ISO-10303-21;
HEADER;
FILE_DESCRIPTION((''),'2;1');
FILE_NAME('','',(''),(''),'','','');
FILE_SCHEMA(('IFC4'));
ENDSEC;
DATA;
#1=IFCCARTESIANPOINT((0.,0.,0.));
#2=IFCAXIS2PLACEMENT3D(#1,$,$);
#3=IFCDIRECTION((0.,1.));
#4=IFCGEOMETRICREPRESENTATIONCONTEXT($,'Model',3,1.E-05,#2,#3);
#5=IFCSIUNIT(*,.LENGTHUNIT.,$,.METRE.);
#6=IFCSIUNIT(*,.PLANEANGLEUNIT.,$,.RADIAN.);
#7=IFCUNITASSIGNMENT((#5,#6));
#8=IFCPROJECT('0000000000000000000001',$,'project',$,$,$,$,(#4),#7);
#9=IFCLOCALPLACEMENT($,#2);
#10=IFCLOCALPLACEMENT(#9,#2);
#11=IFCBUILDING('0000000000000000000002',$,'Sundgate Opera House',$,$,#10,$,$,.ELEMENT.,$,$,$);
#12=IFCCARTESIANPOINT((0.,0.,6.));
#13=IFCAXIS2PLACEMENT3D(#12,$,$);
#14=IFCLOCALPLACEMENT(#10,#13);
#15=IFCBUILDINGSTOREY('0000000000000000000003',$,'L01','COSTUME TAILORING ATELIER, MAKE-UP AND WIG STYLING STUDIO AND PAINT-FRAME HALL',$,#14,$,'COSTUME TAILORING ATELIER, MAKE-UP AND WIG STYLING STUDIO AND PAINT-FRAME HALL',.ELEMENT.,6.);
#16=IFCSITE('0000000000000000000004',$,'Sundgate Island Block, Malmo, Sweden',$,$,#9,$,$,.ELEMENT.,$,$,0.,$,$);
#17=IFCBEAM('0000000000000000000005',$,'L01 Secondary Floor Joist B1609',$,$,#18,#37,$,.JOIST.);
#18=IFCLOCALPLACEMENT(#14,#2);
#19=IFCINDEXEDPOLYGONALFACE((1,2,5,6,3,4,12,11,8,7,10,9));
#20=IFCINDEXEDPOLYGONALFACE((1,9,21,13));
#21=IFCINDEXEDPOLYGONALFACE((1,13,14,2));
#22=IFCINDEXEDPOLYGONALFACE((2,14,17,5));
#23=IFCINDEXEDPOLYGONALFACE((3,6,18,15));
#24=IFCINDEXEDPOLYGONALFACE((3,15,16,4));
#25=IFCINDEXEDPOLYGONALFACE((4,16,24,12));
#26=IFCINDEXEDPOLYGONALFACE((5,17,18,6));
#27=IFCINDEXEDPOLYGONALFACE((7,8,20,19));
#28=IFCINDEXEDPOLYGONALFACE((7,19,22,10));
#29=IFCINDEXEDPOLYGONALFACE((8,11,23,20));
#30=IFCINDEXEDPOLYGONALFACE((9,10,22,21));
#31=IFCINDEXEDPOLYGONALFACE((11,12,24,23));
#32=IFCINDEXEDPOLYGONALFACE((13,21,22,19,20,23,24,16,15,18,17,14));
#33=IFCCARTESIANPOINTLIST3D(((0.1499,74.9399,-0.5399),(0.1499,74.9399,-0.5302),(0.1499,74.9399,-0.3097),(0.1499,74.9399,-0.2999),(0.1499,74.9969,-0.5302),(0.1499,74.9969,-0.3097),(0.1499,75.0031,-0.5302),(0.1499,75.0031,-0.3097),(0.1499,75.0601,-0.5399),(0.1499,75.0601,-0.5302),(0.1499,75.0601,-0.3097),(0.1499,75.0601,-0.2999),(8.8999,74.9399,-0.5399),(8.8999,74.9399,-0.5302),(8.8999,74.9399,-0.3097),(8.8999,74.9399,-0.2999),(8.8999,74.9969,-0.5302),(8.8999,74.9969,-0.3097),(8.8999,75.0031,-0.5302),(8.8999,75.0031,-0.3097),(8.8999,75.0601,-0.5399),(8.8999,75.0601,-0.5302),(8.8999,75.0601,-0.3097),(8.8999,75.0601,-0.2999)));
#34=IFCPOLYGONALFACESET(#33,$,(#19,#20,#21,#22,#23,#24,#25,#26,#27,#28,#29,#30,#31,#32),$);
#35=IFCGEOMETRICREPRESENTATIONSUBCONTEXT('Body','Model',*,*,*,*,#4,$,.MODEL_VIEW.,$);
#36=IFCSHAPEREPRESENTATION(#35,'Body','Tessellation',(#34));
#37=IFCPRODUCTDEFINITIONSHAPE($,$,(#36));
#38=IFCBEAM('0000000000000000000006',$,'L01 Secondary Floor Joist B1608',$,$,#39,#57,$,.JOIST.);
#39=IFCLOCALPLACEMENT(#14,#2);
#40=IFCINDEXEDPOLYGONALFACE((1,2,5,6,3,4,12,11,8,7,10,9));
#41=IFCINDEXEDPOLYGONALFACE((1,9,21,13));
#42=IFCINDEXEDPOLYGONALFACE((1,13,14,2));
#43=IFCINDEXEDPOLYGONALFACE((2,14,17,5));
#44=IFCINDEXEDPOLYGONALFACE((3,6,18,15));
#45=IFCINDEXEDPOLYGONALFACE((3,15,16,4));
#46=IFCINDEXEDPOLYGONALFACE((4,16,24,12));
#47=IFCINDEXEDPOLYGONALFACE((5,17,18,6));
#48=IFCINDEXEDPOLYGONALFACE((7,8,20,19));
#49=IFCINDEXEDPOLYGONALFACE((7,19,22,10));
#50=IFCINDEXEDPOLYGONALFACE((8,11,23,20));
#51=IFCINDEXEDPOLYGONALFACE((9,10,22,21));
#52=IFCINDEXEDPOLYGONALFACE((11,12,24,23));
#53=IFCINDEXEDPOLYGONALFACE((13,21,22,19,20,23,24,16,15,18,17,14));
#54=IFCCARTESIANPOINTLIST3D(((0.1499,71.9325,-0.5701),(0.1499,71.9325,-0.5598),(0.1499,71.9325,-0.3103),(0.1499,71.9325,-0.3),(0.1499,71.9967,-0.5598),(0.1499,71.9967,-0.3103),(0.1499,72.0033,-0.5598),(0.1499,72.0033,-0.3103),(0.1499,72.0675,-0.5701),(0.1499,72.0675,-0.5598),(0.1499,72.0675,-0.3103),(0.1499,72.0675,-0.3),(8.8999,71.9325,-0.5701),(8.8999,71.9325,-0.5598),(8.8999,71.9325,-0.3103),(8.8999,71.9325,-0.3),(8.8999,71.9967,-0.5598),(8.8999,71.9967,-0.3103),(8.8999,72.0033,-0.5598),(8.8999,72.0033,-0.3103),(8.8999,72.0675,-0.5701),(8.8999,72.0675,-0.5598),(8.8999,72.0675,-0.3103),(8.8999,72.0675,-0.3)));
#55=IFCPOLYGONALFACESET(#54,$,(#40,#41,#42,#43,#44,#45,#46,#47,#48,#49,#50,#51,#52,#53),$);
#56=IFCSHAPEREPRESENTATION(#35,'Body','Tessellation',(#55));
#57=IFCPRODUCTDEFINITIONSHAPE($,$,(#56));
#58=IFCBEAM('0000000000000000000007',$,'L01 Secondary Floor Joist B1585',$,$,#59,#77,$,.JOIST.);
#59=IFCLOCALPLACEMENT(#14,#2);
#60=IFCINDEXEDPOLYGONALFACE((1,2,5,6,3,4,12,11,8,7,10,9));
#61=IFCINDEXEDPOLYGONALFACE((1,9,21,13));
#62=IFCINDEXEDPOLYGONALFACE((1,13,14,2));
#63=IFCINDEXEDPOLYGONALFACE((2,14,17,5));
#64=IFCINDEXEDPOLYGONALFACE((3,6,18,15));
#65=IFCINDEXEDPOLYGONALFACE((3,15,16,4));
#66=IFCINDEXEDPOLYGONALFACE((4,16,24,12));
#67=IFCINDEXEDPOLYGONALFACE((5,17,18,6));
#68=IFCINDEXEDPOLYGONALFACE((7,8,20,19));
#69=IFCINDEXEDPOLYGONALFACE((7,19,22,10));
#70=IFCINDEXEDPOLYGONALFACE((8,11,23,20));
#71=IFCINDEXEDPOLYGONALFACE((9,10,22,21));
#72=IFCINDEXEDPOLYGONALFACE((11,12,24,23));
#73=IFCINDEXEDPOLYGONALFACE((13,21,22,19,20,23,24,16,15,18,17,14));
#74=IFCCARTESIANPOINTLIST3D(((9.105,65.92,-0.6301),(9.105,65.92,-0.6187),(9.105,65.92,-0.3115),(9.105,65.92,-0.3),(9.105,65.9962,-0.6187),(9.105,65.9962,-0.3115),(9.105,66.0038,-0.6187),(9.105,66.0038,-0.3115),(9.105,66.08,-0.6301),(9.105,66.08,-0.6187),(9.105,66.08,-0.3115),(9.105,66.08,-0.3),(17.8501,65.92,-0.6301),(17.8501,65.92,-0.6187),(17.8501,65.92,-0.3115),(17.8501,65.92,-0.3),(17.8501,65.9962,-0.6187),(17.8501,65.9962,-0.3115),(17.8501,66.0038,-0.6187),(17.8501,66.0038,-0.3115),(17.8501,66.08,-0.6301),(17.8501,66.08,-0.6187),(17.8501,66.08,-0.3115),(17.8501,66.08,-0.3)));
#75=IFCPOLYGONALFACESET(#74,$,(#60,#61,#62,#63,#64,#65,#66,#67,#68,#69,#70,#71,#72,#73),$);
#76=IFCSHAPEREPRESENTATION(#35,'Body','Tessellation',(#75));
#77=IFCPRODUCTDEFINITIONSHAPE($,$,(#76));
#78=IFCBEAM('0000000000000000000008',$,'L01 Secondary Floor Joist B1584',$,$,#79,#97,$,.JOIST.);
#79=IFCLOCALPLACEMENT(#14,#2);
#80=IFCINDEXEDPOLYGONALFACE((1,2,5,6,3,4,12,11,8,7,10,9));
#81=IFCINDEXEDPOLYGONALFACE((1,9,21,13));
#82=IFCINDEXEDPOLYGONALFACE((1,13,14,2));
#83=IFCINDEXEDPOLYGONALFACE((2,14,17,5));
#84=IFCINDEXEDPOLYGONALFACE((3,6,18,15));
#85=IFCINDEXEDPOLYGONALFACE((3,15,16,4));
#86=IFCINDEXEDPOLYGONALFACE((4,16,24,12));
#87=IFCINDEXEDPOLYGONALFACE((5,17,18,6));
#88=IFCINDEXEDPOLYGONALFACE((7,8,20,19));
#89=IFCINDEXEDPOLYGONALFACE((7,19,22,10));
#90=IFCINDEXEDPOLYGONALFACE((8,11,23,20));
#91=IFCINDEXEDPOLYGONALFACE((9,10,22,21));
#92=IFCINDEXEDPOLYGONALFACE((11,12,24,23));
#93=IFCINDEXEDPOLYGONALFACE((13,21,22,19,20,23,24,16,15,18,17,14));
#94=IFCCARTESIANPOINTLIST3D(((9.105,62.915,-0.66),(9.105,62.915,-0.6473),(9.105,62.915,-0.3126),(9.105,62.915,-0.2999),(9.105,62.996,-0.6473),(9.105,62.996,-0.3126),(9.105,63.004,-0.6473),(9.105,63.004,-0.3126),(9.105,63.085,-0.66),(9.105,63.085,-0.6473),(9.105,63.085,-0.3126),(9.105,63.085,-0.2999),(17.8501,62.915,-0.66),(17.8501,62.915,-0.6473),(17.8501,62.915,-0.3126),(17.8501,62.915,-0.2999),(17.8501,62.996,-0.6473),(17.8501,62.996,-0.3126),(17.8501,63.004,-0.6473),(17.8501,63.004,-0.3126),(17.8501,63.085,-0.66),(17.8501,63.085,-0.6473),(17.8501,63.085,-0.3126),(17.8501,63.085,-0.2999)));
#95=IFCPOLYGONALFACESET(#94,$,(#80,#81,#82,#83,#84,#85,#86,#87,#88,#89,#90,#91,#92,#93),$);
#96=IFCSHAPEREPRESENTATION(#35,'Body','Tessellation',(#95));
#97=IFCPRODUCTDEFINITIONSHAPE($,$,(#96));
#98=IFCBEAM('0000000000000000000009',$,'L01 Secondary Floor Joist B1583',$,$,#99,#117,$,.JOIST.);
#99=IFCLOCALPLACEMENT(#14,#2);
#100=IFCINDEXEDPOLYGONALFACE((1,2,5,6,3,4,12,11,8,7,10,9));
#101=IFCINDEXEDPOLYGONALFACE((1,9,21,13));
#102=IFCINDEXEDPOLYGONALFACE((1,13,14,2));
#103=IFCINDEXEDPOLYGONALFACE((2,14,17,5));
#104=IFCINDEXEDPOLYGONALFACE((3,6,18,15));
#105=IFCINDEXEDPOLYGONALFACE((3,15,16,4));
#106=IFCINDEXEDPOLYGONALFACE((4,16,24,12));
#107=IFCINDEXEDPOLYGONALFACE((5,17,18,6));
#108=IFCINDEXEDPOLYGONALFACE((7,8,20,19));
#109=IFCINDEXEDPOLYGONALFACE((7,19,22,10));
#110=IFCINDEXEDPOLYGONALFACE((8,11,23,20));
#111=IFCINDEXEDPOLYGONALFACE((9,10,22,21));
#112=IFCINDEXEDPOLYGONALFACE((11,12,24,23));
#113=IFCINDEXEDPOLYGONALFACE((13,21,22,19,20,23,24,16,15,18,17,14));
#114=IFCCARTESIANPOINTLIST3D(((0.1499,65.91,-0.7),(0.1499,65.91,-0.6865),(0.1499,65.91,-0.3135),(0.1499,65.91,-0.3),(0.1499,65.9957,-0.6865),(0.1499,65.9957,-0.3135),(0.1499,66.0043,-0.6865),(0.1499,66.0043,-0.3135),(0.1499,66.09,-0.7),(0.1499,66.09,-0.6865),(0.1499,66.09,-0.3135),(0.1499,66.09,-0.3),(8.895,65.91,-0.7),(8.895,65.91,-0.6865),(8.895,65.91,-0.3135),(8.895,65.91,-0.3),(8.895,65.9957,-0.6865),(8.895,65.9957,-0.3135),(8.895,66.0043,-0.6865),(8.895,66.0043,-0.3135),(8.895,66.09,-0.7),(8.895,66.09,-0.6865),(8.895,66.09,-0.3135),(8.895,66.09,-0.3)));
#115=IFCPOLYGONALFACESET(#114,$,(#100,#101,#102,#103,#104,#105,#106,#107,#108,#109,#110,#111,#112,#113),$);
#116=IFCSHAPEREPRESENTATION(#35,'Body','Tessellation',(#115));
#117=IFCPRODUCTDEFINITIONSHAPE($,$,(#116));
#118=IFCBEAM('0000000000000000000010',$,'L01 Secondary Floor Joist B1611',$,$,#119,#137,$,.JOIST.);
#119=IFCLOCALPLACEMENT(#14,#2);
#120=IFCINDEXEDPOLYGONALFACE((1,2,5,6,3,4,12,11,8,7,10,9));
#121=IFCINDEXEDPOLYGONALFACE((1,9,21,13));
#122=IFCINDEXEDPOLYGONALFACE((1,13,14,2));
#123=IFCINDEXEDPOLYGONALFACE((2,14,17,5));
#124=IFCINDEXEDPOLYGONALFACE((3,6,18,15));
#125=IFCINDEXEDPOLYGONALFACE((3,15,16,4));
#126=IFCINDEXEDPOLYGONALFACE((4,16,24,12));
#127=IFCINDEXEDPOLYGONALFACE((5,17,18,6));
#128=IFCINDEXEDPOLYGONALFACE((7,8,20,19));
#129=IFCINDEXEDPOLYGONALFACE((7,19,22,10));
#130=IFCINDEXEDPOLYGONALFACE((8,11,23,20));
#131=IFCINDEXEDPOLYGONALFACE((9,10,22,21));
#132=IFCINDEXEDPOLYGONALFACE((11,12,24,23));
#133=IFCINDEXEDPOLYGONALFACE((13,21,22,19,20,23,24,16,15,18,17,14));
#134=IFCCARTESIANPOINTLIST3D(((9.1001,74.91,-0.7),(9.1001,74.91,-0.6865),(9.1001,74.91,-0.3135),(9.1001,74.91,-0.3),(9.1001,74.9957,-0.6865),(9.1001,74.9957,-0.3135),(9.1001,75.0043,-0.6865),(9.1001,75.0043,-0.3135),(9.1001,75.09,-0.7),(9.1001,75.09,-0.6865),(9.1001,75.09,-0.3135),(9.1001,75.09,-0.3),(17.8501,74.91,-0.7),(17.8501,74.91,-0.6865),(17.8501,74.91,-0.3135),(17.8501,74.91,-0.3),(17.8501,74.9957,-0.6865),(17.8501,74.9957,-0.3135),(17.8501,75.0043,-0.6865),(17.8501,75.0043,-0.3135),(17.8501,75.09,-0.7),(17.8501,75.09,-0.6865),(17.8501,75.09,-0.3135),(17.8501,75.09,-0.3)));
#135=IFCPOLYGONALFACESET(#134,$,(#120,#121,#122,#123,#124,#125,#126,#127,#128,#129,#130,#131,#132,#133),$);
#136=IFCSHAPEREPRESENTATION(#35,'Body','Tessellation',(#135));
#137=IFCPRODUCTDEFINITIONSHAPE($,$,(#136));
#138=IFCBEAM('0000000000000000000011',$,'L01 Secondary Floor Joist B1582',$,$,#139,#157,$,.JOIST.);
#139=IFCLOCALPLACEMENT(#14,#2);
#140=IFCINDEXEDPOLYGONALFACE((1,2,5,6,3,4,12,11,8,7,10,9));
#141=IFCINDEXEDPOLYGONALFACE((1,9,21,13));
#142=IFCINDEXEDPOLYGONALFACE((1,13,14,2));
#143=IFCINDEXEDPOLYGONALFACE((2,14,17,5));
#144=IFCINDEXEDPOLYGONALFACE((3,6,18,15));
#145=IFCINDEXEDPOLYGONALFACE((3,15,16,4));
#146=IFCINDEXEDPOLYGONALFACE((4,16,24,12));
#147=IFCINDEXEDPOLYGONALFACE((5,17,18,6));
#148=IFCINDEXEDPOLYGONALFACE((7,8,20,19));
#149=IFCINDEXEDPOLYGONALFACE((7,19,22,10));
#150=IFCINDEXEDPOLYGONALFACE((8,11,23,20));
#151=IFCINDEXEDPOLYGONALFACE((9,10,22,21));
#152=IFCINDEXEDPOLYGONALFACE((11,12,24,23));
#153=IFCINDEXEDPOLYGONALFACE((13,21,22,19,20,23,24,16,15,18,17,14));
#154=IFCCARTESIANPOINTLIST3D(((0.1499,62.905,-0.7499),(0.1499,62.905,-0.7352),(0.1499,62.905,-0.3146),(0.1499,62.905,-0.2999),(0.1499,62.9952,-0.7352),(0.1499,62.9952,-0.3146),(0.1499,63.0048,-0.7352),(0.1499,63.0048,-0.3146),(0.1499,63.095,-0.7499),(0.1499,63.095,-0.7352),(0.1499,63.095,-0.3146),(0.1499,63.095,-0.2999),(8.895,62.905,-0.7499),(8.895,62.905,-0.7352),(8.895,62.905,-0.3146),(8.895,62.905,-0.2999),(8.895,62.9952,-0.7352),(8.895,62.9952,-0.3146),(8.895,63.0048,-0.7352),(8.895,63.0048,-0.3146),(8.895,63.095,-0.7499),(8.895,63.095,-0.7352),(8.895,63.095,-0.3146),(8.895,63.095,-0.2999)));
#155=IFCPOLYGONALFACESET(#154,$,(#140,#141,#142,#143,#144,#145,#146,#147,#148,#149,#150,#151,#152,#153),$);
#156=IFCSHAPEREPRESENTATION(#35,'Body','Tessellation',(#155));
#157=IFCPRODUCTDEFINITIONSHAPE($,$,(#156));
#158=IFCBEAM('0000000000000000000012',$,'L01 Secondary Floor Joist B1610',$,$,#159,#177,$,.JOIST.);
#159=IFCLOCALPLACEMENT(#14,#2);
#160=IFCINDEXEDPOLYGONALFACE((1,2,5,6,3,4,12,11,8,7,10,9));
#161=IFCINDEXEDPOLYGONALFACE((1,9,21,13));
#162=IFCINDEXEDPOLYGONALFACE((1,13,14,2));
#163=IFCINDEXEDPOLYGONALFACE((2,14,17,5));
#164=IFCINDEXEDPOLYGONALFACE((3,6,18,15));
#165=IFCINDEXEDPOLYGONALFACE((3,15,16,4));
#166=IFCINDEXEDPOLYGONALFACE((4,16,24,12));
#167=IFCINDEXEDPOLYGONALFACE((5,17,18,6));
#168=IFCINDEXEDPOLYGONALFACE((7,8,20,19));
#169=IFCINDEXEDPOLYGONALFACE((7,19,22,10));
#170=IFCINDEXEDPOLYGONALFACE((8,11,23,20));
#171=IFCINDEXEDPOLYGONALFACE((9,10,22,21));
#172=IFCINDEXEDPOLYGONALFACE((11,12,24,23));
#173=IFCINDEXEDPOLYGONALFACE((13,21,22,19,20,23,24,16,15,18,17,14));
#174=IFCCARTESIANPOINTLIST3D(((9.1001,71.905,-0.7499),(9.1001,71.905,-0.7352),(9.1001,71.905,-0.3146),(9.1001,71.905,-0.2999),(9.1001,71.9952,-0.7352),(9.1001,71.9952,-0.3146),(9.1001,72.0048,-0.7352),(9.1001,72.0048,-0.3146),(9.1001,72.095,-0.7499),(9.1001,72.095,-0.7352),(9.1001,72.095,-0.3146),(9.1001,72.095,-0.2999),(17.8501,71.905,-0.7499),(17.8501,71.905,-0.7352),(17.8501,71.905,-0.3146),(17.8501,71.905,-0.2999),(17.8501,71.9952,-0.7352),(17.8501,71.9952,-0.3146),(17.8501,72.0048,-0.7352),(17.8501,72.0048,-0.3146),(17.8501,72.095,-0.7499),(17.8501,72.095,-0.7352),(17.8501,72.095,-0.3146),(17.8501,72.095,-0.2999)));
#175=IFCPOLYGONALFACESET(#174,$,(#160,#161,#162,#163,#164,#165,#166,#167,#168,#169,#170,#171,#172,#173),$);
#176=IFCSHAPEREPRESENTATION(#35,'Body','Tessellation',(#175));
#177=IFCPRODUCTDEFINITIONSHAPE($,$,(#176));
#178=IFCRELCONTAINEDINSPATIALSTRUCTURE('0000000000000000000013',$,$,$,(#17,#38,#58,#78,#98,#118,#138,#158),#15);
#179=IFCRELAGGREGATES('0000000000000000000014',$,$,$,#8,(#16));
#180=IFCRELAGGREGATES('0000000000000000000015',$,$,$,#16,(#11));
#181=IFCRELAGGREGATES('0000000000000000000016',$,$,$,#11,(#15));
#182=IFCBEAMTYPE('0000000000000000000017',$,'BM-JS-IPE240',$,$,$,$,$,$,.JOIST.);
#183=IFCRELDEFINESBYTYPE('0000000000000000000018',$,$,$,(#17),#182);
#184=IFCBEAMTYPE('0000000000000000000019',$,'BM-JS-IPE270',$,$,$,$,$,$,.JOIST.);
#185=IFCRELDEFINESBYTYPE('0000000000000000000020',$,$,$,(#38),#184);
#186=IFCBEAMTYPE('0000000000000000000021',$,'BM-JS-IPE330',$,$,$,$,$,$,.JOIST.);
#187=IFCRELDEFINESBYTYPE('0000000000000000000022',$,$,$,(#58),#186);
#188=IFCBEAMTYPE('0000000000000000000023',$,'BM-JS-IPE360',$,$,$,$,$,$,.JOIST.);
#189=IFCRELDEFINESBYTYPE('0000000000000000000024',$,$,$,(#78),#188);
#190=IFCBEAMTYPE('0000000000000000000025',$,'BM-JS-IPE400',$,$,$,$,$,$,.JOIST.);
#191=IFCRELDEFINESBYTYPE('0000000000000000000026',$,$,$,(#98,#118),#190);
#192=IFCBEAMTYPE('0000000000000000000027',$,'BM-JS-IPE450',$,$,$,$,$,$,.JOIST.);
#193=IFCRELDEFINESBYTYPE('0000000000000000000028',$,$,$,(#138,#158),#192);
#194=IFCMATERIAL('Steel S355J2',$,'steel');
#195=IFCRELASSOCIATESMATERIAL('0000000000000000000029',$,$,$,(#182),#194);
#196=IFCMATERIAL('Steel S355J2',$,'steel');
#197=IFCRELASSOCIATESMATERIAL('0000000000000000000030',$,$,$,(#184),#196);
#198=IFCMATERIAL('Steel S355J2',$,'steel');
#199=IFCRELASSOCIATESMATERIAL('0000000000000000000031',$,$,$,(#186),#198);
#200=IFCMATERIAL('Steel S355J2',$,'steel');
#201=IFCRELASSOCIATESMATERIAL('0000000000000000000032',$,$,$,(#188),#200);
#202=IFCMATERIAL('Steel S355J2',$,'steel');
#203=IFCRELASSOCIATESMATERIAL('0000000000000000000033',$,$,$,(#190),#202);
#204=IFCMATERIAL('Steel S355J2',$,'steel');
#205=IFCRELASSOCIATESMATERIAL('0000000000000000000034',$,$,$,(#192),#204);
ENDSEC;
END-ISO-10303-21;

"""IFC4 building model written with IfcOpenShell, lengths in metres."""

from ifc_helpers import new_model, si_unit, direction, frame, origin, origin_2d, place, context, subcontext, project, spatial, i_section, extrude, material, material_profile, profile_set, type_object, element, save


model = new_model("IFC4")

# Units and contexts
model_context = context("Model", 3, precision=1e-05, world=origin(), true_north=direction((0.0, 1.0)))
body_context = subcontext(model_context, "Body", "Model", "MODEL_VIEW")
ifc_project = project(units=[si_unit("LENGTHUNIT", "METRE"), si_unit("PLANEANGLEUNIT", "RADIAN")], contexts=[model_context])

# Site, building, storey
site_placement = place(None, origin())
site = spatial("IfcSite", under=ifc_project, at=site_placement, Name="Sundgate Island Block, Malmo, Sweden", CompositionType="ELEMENT", RefElevation=0.0)
building_placement = place(site_placement, origin())
building = spatial("IfcBuilding", under=site, at=building_placement, Name="Sundgate Opera House", CompositionType="ELEMENT")
storey_placement = place(building_placement, frame((0.0, 0.0, 6.0)))
storey = spatial("IfcBuildingStorey", under=building, at=storey_placement, Name="L01", Description="COSTUME TAILORING ATELIER, MAKE-UP AND WIG STYLING STUDIO AND PAINT-FRAME HALL", LongName="COSTUME TAILORING ATELIER, MAKE-UP AND WIG STYLING STUDIO AND PAINT-FRAME HALL", CompositionType="ELEMENT", Elevation=6.0)

# Beams
ifc_material_1 = material(Name="Steel S355J2", Category="steel")
ifc_material_profile_1 = material_profile(ifc_material_1, i_section(OverallWidth=0.1201, OverallDepth=0.24, WebThickness=0.0061, FlangeThickness=0.0098, at=origin_2d()), Name="IPE 240")
ifc_profile_set_1 = profile_set([ifc_material_profile_1], Name="Steel S355J2")
beam_type_1 = type_object("IfcBeamType", Name="BM-JS-IPE240", PredefinedType="JOIST", material=ifc_profile_set_1)
beam_1_placement = place(storey_placement, frame((0.1499, 75.0, -0.4199), z_axis=(1.0, 0.0, 0.0), x_axis=(0.0, 1.0, 0.0)))
element("IfcBeam", 1, at=beam_1_placement, inside=storey, type_object=beam_type_1, Name="L01 Secondary Floor Joist B1609", PredefinedType="JOIST", context=body_context, shape_type="SweptSolid", body=[
    extrude(i_section(OverallWidth=0.1201, OverallDepth=0.24, WebThickness=0.0061, FlangeThickness=0.0098, at=origin_2d()), origin(), (0.0, 0.0, 1.0), 8.75),
])
ifc_material_2 = material(Name="Steel S355J2", Category="steel")
ifc_material_profile_2 = material_profile(ifc_material_2, i_section(OverallWidth=0.135, OverallDepth=0.27, WebThickness=0.0066, FlangeThickness=0.0103, at=origin_2d()), Name="IPE 270")
ifc_profile_set_2 = profile_set([ifc_material_profile_2], Name="Steel S355J2")
beam_type_2 = type_object("IfcBeamType", Name="BM-JS-IPE270", PredefinedType="JOIST", material=ifc_profile_set_2)
beam_2_placement = place(storey_placement, frame((0.1499, 72.0, -0.4351), z_axis=(1.0, 0.0, 0.0), x_axis=(0.0, 1.0, 0.0)))
element("IfcBeam", 2, at=beam_2_placement, inside=storey, type_object=beam_type_2, Name="L01 Secondary Floor Joist B1608", PredefinedType="JOIST", context=body_context, shape_type="SweptSolid", body=[
    extrude(i_section(OverallWidth=0.135, OverallDepth=0.27, WebThickness=0.0066, FlangeThickness=0.0103, at=origin_2d()), origin(), (0.0, 0.0, 1.0), 8.75),
])
ifc_material_3 = material(Name="Steel S355J2", Category="steel")
ifc_material_profile_3 = material_profile(ifc_material_3, i_section(OverallWidth=0.1599, OverallDepth=0.3301, WebThickness=0.0076, FlangeThickness=0.0115, at=origin_2d()), Name="IPE 330")
ifc_profile_set_3 = profile_set([ifc_material_profile_3], Name="Steel S355J2")
beam_type_3 = type_object("IfcBeamType", Name="BM-JS-IPE330", PredefinedType="JOIST", material=ifc_profile_set_3)
beam_3_placement = place(storey_placement, frame((9.105, 66.0, -0.4651), z_axis=(1.0, 0.0, 0.0), x_axis=(0.0, 1.0, 0.0)))
element("IfcBeam", 3, at=beam_3_placement, inside=storey, type_object=beam_type_3, Name="L01 Secondary Floor Joist B1585", PredefinedType="JOIST", context=body_context, shape_type="SweptSolid", body=[
    extrude(i_section(OverallWidth=0.1599, OverallDepth=0.3301, WebThickness=0.0076, FlangeThickness=0.0115, at=origin_2d()), origin(), (0.0, 0.0, 1.0), 8.7451),
])
ifc_material_4 = material(Name="Steel S355J2", Category="steel")
ifc_material_profile_4 = material_profile(ifc_material_4, i_section(OverallWidth=0.1699, OverallDepth=0.3601, WebThickness=0.0081, FlangeThickness=0.0127, at=origin_2d()), Name="IPE 360")
ifc_profile_set_4 = profile_set([ifc_material_profile_4], Name="Steel S355J2")
beam_type_4 = type_object("IfcBeamType", Name="BM-JS-IPE360", PredefinedType="JOIST", material=ifc_profile_set_4)
beam_4_placement = place(storey_placement, frame((9.105, 63.0, -0.48), z_axis=(1.0, 0.0, 0.0), x_axis=(0.0, 1.0, 0.0)))
element("IfcBeam", 4, at=beam_4_placement, inside=storey, type_object=beam_type_4, Name="L01 Secondary Floor Joist B1584", PredefinedType="JOIST", context=body_context, shape_type="SweptSolid", body=[
    extrude(i_section(OverallWidth=0.1699, OverallDepth=0.3601, WebThickness=0.0081, FlangeThickness=0.0127, at=origin_2d()), origin(), (0.0, 0.0, 1.0), 8.7451),
])
ifc_material_5 = material(Name="Steel S355J2", Category="steel")
ifc_material_profile_5 = material_profile(ifc_material_5, i_section(OverallWidth=0.1799, OverallDepth=0.3999, WebThickness=0.0085, FlangeThickness=0.0134, at=origin_2d()), Name="IPE 400")
ifc_profile_set_5 = profile_set([ifc_material_profile_5], Name="Steel S355J2")
beam_type_5 = type_object("IfcBeamType", Name="BM-JS-IPE400", PredefinedType="JOIST", material=ifc_profile_set_5)
beam_5_placement = place(storey_placement, frame((0.1499, 66.0, -0.5), z_axis=(1.0, 0.0, 0.0), x_axis=(0.0, 1.0, 0.0)))
element("IfcBeam", 5, at=beam_5_placement, inside=storey, type_object=beam_type_5, Name="L01 Secondary Floor Joist B1583", PredefinedType="JOIST", context=body_context, shape_type="SweptSolid", body=[
    extrude(i_section(OverallWidth=0.1799, OverallDepth=0.3999, WebThickness=0.0085, FlangeThickness=0.0134, at=origin_2d()), origin(), (0.0, 0.0, 1.0), 8.7451),
])
beam_6_placement = place(storey_placement, frame((9.1001, 75.0, -0.5), z_axis=(1.0, 0.0, 0.0), x_axis=(0.0, 1.0, 0.0)))
element("IfcBeam", 6, at=beam_6_placement, inside=storey, type_object=beam_type_5, Name="L01 Secondary Floor Joist B1611", PredefinedType="JOIST", context=body_context, shape_type="SweptSolid", body=[
    extrude(i_section(OverallWidth=0.1799, OverallDepth=0.3999, WebThickness=0.0085, FlangeThickness=0.0134, at=origin_2d()), origin(), (0.0, 0.0, 1.0), 8.75),
])
ifc_material_6 = material(Name="Steel S355J2", Category="steel")
ifc_material_profile_6 = material_profile(ifc_material_6, i_section(OverallWidth=0.1899, OverallDepth=0.45, WebThickness=0.0095, FlangeThickness=0.0146, at=origin_2d()), Name="IPE 450")
ifc_profile_set_6 = profile_set([ifc_material_profile_6], Name="Steel S355J2")
beam_type_6 = type_object("IfcBeamType", Name="BM-JS-IPE450", PredefinedType="JOIST", material=ifc_profile_set_6)
beam_7_placement = place(storey_placement, frame((0.1499, 63.0, -0.5249), z_axis=(1.0, 0.0, 0.0), x_axis=(0.0, 1.0, 0.0)))
element("IfcBeam", 7, at=beam_7_placement, inside=storey, type_object=beam_type_6, Name="L01 Secondary Floor Joist B1582", PredefinedType="JOIST", context=body_context, shape_type="SweptSolid", body=[
    extrude(i_section(OverallWidth=0.1899, OverallDepth=0.45, WebThickness=0.0095, FlangeThickness=0.0146, at=origin_2d()), origin(), (0.0, 0.0, 1.0), 8.7451),
])
beam_8_placement = place(storey_placement, frame((9.1001, 72.0, -0.5249), z_axis=(1.0, 0.0, 0.0), x_axis=(0.0, 1.0, 0.0)))
element("IfcBeam", 8, at=beam_8_placement, inside=storey, type_object=beam_type_6, Name="L01 Secondary Floor Joist B1610", PredefinedType="JOIST", context=body_context, shape_type="SweptSolid", body=[
    extrude(i_section(OverallWidth=0.1899, OverallDepth=0.45, WebThickness=0.0095, FlangeThickness=0.0146, at=origin_2d()), origin(), (0.0, 0.0, 1.0), 8.75),
])

save(model, "model.ifc")
